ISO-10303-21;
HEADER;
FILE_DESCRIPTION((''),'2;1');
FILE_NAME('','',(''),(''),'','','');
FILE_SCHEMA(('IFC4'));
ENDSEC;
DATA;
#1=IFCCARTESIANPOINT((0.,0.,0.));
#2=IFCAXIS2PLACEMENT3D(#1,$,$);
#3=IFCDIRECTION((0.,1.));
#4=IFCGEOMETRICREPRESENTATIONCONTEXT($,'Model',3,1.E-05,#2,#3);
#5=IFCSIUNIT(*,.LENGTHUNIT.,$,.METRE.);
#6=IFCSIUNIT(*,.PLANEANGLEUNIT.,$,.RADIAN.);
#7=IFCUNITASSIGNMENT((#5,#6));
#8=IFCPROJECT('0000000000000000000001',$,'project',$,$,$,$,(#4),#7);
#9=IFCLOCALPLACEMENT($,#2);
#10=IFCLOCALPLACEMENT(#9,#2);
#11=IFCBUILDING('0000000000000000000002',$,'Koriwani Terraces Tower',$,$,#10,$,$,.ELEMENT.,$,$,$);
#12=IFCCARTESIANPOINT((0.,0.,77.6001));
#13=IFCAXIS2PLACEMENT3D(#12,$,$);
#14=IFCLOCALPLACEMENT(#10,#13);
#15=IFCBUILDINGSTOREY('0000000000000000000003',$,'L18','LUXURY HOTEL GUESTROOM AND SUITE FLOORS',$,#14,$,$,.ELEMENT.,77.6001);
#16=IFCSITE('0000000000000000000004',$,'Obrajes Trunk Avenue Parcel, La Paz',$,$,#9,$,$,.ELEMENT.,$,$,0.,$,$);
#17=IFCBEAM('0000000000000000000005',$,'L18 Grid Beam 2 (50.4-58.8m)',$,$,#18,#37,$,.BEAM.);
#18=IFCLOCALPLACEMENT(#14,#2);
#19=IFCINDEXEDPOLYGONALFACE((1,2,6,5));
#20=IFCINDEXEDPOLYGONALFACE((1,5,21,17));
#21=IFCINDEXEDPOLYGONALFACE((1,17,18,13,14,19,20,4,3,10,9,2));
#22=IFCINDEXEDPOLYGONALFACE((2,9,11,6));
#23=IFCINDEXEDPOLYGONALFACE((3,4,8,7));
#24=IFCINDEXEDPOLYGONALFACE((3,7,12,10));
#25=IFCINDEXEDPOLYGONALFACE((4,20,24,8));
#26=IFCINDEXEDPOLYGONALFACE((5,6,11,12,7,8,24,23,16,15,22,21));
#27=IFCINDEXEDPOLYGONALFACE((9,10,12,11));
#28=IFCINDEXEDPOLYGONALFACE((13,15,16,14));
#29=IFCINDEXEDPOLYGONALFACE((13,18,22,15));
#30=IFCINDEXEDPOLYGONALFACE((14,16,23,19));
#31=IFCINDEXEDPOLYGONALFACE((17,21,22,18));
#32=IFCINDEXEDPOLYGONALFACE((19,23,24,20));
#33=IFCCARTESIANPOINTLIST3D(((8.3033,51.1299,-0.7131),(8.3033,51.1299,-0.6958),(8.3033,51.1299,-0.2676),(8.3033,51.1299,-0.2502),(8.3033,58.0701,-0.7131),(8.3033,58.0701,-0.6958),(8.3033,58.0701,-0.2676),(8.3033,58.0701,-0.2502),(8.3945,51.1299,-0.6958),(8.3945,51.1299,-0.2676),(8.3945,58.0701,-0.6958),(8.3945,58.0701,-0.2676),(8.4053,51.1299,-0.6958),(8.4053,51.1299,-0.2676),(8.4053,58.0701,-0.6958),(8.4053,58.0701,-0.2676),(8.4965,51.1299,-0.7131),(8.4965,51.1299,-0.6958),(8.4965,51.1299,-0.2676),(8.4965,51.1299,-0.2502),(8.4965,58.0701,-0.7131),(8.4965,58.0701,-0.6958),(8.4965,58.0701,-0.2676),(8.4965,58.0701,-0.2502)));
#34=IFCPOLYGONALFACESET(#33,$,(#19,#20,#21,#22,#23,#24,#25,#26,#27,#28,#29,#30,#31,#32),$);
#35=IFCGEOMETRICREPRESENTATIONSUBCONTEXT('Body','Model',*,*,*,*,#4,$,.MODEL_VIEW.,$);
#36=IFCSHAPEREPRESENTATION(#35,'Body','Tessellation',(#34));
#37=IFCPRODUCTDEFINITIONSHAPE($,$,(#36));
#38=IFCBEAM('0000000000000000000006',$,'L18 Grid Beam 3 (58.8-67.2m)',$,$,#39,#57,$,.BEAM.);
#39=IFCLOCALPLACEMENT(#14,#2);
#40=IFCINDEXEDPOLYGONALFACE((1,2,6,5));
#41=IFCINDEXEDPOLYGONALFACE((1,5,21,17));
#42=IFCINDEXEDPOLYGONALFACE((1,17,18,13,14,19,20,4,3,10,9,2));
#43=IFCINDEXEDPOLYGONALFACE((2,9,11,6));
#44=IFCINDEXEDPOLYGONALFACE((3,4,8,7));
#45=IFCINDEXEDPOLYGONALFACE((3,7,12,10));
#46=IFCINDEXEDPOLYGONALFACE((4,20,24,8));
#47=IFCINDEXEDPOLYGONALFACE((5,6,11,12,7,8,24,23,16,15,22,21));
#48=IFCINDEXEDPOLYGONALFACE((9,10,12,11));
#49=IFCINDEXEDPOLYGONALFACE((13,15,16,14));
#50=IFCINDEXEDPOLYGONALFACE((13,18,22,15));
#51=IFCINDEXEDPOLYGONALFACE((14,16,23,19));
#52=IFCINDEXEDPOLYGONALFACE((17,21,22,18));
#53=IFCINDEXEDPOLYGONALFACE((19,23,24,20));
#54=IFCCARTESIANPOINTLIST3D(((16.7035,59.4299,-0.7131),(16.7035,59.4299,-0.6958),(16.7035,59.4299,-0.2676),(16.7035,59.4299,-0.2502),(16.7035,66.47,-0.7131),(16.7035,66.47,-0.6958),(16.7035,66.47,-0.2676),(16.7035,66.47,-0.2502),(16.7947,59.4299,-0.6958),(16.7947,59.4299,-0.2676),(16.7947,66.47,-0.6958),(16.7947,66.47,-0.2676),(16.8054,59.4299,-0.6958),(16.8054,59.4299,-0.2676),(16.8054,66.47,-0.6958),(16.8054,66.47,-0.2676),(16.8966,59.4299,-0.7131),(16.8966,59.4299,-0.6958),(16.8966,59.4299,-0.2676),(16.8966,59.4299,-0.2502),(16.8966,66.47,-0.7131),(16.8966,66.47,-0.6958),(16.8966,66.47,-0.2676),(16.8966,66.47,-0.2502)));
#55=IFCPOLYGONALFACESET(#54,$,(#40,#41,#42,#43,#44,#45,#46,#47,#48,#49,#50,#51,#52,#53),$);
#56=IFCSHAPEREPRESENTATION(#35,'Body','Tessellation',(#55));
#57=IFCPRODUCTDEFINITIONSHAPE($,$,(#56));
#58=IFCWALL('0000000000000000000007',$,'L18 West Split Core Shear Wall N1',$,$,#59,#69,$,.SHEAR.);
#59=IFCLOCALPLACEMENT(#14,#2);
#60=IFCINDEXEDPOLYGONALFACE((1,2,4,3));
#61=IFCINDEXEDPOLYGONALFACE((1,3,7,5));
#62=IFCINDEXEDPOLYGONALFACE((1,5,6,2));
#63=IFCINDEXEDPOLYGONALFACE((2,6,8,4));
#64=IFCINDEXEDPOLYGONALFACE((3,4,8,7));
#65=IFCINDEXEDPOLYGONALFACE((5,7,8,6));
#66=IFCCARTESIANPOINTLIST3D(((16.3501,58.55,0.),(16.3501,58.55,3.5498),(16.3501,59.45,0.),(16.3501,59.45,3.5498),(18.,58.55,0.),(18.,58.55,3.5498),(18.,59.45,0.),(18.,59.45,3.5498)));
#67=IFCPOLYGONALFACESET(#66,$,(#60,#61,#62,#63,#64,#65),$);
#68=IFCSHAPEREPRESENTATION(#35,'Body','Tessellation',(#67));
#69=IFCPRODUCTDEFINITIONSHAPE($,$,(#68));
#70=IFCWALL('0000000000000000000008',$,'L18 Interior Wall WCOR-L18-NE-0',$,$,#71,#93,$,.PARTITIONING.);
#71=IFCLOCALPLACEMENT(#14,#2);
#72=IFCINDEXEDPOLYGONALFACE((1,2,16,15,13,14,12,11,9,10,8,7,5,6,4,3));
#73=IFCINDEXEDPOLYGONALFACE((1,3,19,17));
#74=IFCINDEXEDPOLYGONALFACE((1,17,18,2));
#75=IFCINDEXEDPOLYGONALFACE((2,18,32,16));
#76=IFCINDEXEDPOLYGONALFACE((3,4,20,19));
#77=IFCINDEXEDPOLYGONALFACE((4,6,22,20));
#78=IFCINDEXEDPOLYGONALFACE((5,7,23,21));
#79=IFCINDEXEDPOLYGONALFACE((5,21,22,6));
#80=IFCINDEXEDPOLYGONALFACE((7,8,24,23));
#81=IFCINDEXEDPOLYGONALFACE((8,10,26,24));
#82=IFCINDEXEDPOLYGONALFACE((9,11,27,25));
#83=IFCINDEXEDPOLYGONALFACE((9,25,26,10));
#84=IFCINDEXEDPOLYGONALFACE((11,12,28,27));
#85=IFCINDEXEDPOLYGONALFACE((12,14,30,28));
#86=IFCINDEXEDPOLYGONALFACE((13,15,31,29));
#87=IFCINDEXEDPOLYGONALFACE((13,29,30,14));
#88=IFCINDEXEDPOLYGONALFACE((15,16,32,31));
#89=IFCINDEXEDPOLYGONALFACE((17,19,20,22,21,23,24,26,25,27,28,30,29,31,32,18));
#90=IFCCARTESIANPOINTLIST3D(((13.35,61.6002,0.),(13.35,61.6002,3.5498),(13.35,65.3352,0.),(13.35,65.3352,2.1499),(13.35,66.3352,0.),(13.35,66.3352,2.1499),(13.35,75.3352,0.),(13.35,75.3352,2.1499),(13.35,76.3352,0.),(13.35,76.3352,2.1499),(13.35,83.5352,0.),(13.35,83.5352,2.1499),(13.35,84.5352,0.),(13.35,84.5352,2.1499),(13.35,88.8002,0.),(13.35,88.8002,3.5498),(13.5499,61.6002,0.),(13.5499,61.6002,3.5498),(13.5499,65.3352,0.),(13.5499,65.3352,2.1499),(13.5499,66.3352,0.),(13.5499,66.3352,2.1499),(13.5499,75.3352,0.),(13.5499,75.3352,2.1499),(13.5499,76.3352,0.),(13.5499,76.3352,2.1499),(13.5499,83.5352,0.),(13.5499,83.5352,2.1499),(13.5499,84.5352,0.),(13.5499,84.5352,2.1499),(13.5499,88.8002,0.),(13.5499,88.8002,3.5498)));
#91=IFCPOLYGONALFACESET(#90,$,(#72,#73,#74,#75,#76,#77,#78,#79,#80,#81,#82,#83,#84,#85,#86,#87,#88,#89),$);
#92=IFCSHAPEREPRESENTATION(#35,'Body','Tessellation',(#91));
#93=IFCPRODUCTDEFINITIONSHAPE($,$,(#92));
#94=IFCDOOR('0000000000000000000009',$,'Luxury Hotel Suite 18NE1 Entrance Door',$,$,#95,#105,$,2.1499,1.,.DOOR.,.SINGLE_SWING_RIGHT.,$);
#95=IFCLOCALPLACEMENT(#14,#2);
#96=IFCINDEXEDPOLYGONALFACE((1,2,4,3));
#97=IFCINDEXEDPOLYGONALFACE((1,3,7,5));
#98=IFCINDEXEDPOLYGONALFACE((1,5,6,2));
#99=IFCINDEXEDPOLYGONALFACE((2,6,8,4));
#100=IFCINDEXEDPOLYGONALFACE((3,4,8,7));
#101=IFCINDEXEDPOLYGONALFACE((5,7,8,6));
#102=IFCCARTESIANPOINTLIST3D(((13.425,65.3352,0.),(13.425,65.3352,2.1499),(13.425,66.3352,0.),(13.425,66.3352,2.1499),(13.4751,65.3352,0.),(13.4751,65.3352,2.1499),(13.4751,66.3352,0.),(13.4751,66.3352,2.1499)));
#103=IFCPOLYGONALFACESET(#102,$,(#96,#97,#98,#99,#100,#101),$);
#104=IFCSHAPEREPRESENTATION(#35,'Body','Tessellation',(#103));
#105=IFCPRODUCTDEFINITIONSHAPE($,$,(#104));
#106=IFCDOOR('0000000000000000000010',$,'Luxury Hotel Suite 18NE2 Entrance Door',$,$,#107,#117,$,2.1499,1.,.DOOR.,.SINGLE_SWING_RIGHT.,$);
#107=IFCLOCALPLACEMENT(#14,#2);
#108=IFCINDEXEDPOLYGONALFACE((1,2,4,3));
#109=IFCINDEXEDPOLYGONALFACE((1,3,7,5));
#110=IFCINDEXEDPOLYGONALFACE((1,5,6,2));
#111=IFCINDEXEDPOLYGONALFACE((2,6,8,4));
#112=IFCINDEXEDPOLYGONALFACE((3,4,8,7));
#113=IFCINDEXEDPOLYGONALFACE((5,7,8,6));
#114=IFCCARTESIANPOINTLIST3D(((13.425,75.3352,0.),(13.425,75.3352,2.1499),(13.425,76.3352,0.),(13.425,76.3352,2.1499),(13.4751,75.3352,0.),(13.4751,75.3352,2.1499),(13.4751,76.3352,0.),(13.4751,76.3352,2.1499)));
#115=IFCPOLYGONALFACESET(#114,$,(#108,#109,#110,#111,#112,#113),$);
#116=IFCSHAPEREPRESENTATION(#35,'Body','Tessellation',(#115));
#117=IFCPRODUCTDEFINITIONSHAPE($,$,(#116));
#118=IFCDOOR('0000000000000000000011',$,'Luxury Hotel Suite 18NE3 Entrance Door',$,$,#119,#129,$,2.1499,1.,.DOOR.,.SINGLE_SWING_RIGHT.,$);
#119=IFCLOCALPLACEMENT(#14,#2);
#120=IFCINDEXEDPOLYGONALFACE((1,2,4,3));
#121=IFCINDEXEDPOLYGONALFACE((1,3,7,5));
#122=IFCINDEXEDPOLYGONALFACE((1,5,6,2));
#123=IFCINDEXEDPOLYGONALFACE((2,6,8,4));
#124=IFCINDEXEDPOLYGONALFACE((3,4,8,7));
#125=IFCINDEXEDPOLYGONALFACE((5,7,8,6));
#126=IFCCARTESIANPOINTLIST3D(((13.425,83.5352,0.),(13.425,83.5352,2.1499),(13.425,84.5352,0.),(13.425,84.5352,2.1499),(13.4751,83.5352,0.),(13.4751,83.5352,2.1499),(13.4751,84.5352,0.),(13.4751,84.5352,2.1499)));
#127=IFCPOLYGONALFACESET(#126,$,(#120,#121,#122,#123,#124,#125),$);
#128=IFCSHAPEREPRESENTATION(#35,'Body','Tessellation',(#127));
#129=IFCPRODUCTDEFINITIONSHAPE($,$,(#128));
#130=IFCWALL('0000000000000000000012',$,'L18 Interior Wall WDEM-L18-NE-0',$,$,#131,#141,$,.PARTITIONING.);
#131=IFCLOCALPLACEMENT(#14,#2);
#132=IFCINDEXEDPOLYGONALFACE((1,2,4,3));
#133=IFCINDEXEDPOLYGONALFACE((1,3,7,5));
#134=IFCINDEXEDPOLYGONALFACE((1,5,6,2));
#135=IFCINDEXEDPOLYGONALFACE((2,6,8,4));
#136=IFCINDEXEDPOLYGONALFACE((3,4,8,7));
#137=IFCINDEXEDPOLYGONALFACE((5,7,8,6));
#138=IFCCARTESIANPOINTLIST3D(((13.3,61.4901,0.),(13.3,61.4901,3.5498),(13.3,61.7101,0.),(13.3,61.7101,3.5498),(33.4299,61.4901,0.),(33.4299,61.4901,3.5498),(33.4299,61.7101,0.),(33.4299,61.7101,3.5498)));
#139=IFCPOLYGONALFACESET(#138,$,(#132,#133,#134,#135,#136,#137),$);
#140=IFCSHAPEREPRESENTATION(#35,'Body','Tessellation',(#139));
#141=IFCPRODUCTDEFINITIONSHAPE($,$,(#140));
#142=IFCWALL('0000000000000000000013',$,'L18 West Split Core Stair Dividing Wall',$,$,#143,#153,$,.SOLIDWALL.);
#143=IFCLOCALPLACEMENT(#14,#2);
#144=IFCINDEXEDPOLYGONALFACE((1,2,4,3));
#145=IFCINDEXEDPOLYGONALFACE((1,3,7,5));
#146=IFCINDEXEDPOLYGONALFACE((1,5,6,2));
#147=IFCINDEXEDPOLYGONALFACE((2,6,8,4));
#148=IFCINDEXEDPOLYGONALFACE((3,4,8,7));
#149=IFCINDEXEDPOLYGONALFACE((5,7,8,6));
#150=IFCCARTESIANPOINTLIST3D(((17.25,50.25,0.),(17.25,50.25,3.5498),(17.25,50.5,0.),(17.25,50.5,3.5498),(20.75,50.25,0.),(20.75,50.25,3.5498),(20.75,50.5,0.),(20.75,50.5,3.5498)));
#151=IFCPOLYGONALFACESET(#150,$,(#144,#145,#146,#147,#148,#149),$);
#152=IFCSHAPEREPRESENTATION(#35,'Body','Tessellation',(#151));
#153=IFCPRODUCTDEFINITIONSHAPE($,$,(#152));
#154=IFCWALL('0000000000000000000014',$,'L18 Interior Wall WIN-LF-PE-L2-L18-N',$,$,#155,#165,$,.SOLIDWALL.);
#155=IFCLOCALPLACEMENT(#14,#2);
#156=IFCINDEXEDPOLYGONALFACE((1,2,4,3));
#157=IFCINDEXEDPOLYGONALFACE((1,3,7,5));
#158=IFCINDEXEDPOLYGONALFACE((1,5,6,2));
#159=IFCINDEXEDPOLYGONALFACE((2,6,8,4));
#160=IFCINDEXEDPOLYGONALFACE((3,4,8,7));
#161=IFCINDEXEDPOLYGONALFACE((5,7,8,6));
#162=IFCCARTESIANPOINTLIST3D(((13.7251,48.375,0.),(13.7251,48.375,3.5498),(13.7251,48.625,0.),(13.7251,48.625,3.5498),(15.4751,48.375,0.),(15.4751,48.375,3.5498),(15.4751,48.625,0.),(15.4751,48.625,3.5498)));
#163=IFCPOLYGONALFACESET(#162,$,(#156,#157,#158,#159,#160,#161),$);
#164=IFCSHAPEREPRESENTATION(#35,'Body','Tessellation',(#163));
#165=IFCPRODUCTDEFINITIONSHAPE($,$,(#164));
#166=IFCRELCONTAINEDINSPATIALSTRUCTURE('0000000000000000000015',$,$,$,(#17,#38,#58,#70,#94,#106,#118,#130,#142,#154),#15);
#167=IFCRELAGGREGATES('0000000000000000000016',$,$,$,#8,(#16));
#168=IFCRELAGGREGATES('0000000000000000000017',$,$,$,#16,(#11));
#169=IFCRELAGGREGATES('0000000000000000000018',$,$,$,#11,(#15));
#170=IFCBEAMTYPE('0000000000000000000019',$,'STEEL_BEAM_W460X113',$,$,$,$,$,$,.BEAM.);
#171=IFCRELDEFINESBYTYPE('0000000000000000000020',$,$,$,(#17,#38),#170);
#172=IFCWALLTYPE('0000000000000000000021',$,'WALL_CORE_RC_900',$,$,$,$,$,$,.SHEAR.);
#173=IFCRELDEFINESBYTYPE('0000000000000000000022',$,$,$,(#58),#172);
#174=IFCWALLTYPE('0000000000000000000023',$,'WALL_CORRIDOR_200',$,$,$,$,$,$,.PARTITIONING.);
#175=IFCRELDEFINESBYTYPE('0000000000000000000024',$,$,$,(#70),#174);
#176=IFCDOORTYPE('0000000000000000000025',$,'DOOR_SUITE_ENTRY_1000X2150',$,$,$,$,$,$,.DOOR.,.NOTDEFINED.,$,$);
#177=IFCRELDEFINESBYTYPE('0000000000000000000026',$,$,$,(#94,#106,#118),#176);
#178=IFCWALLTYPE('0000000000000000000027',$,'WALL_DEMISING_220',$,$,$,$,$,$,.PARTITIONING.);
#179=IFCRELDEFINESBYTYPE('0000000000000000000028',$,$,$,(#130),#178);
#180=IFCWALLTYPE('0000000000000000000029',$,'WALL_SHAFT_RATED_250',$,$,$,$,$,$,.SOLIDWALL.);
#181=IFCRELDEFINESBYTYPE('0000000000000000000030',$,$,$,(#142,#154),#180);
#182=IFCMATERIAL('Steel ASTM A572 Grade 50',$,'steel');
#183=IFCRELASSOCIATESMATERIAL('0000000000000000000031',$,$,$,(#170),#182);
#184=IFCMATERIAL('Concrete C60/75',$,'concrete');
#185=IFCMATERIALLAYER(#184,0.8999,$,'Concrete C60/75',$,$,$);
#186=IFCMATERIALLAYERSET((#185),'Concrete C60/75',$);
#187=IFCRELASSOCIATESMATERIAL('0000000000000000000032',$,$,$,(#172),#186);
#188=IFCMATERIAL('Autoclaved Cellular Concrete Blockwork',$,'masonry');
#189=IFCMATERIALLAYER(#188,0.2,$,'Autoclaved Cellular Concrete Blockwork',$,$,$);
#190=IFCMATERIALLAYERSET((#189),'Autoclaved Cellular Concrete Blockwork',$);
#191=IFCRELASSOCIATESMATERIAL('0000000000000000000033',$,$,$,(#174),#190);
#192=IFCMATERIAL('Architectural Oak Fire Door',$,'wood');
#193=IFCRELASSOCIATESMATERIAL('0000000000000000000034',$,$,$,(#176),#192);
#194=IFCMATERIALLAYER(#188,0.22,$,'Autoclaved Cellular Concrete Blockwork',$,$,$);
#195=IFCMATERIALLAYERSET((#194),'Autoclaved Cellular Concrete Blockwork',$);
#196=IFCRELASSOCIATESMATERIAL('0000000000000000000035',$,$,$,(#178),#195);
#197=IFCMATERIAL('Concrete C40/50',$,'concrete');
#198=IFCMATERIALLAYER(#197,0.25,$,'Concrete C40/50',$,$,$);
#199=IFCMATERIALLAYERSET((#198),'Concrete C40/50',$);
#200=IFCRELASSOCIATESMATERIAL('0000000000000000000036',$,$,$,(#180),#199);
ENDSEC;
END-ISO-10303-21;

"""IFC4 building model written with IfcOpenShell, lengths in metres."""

from ifc_helpers import new_model, si_unit, direction, frame, frame_2d, origin, origin_2d, place, context, subcontext, project, spatial, rectangle, i_section, extrude, material, layer, layer_set, material_profile, profile_set, type_object, element, fill, save


model = new_model("IFC4")

# Units and contexts
model_context = context("Model", 3, precision=1e-05, world=origin(), true_north=direction((0.0, 1.0)))
body_context = subcontext(model_context, "Body", "Model", "MODEL_VIEW")
ifc_project = project(units=[si_unit("LENGTHUNIT", "METRE"), si_unit("PLANEANGLEUNIT", "RADIAN")], contexts=[model_context])

# Site, building, storey
site_placement = place(None, origin())
site = spatial("IfcSite", under=ifc_project, at=site_placement, Name="Obrajes Trunk Avenue Parcel, La Paz", CompositionType="ELEMENT", RefElevation=0.0)
building_placement = place(site_placement, origin())
building = spatial("IfcBuilding", under=site, at=building_placement, Name="Koriwani Terraces Tower", CompositionType="ELEMENT")
storey_placement = place(building_placement, frame((0.0, 0.0, 77.6001)))
storey = spatial("IfcBuildingStorey", under=building, at=storey_placement, Name="L18", Description="LUXURY HOTEL GUESTROOM AND SUITE FLOORS", CompositionType="ELEMENT", Elevation=77.6001)

# Shared definitions
ifc_material_1 = material(Name="Concrete C60/75", Category="concrete")

# Beams
ifc_material_2 = material(Name="Concrete C40/50", Category="concrete")
ifc_material_3 = material(Name="Steel ASTM A572 Grade 50", Category="steel")
ifc_material_profile_1 = material_profile(ifc_material_3, i_section(OverallWidth=0.1931, OverallDepth=0.4629, WebThickness=0.0107, FlangeThickness=0.0173, at=origin_2d()), Name="Steel ASTM A572 Grade 50", Category="LoadBearing")
ifc_profile_set_1 = profile_set([ifc_material_profile_1], Name="Steel ASTM A572 Grade 50")
beam_type_1 = type_object("IfcBeamType", Name="STEEL_BEAM_W460X113", PredefinedType="BEAM", material=ifc_profile_set_1)
beam_1_placement = place(storey_placement, frame((8.3999, 51.1299, -0.4817), z_axis=(0.0, 1.0, 0.0), x_axis=(-1.0, 0.0, 0.0)))
element("IfcBeam", 1, at=beam_1_placement, inside=storey, type_object=beam_type_1, Name="L18 Grid Beam 2 (50.4-58.8m)", PredefinedType="BEAM", context=body_context, shape_type="SweptSolid", body=[
    extrude(i_section(OverallWidth=0.1931, OverallDepth=0.4629, WebThickness=0.0107, FlangeThickness=0.0173, at=origin_2d()), origin(), (0.0, 0.0, 1.0), 6.9402),
])
beam_2_placement = place(storey_placement, frame((16.8, 59.4299, -0.4817), z_axis=(0.0, 1.0, 0.0), x_axis=(-1.0, 0.0, 0.0)))
element("IfcBeam", 2, at=beam_2_placement, inside=storey, type_object=beam_type_1, Name="L18 Grid Beam 3 (58.8-67.2m)", PredefinedType="BEAM", context=body_context, shape_type="SweptSolid", body=[
    extrude(i_section(OverallWidth=0.1931, OverallDepth=0.4629, WebThickness=0.0107, FlangeThickness=0.0173, at=origin_2d()), origin(), (0.0, 0.0, 1.0), 7.04),
])

# Wall
ifc_layer_1 = layer(ifc_material_1, 0.8999, Name="Concrete C60/75")
ifc_layer_set_1 = layer_set([ifc_layer_1], Name="Concrete C60/75")
wall_type_1 = type_object("IfcWallType", Name="WALL_CORE_RC_900", PredefinedType="SHEAR", material=ifc_layer_set_1)
wall_1_placement = place(storey_placement, frame((16.3501, 59.0, 0.0), z_axis=(0.0, 0.0, 1.0), x_axis=(1.0, 0.0, 0.0)))
element("IfcWall", 3, at=wall_1_placement, inside=storey, type_object=wall_type_1, Name="L18 West Split Core Shear Wall N1", PredefinedType="SHEAR", context=body_context, shape_type="SweptSolid", body=[
    extrude(rectangle(XDim=1.6499, YDim=0.8999, at=frame_2d((0.825, 0.0))), origin(), (0.0, 0.0, 1.0), 3.5498),
])

# Wall, openings, doors
ifc_material_4 = material(Name="Autoclaved Cellular Concrete Blockwork", Category="masonry")
ifc_layer_2 = layer(ifc_material_4, 0.2, Name="Autoclaved Cellular Concrete Blockwork")
ifc_layer_set_2 = layer_set([ifc_layer_2], Name="Autoclaved Cellular Concrete Blockwork")
wall_type_2 = type_object("IfcWallType", Name="WALL_CORRIDOR_200", PredefinedType="PARTITIONING", material=ifc_layer_set_2)
wall_2_placement = place(storey_placement, frame((13.45, 61.6001, 0.0), z_axis=(0.0, 0.0, 1.0), x_axis=(0.0, 1.0, 0.0)))
wall_2 = element("IfcWall", 4, at=wall_2_placement, inside=storey, type_object=wall_type_2, Name="L18 Interior Wall WCOR-L18-NE-0", PredefinedType="PARTITIONING", context=body_context, shape_type="SweptSolid", body=[
    extrude(rectangle(XDim=27.2, YDim=0.2, at=frame_2d((13.6001, 0.0))), origin(), (0.0, 0.0, 1.0), 3.5498),
])
opening_1_placement = place(wall_2_placement, frame((3.7351, 0.0, 0.0)))
opening_1 = element("IfcOpeningElement", 5, at=opening_1_placement, cuts=wall_2, PredefinedType="OPENING", context=body_context, shape_type="SweptSolid", body=[
    extrude(rectangle(XDim=1.0, YDim=2.1499, at=frame_2d((0.5, 1.075))), frame((0.0, 0.1099, 0.0), z_axis=(0.0, -1.0, 0.0), x_axis=(1.0, 0.0, 0.0)), (0.0, 0.0, 1.0), 0.22),
])
opening_2_placement = place(wall_2_placement, frame((13.7351, 0.0, 0.0)))
opening_2 = element("IfcOpeningElement", 6, at=opening_2_placement, cuts=wall_2, PredefinedType="OPENING", context=body_context, shape_type="SweptSolid", body=[
    extrude(rectangle(XDim=1.0, YDim=2.1499, at=frame_2d((0.5, 1.075))), frame((0.0, 0.1099, 0.0), z_axis=(0.0, -1.0, 0.0), x_axis=(1.0, 0.0, 0.0)), (0.0, 0.0, 1.0), 0.22),
])
opening_3_placement = place(wall_2_placement, frame((21.9351, 0.0, 0.0)))
opening_3 = element("IfcOpeningElement", 7, at=opening_3_placement, cuts=wall_2, PredefinedType="OPENING", context=body_context, shape_type="SweptSolid", body=[
    extrude(rectangle(XDim=1.0, YDim=2.1499, at=frame_2d((0.5, 1.075))), frame((0.0, 0.1099, 0.0), z_axis=(0.0, -1.0, 0.0), x_axis=(1.0, 0.0, 0.0)), (0.0, 0.0, 1.0), 0.22),
])
ifc_material_5 = material(Name="Architectural Oak Fire Door", Category="wood")
door_type = type_object("IfcDoorType", Name="DOOR_SUITE_ENTRY_1000X2150", OperationType="NOTDEFINED", PredefinedType="DOOR", material=ifc_material_5)
door_1_placement = place(opening_1_placement, origin())
door_1 = element("IfcDoor", 8, at=door_1_placement, inside=storey, type_object=door_type, Name="Luxury Hotel Suite 18NE1 Entrance Door", OperationType="SINGLE_SWING_RIGHT", OverallHeight=2.1499, OverallWidth=1.0, PredefinedType="DOOR", context=body_context, shape_type="SweptSolid", body=[
    extrude(rectangle(XDim=1.0, YDim=2.1499, at=frame_2d((0.5, 1.075))), frame((0.0, 0.0249, 0.0), z_axis=(0.0, -1.0, 0.0), x_axis=(1.0, 0.0, 0.0)), (0.0, 0.0, 1.0), 0.05),
])
fill(opening_1, door_1)
door_2_placement = place(opening_2_placement, origin())
door_2 = element("IfcDoor", 9, at=door_2_placement, inside=storey, type_object=door_type, Name="Luxury Hotel Suite 18NE2 Entrance Door", OperationType="SINGLE_SWING_RIGHT", OverallHeight=2.1499, OverallWidth=1.0, PredefinedType="DOOR", context=body_context, shape_type="SweptSolid", body=[
    extrude(rectangle(XDim=1.0, YDim=2.1499, at=frame_2d((0.5, 1.075))), frame((0.0, 0.0249, 0.0), z_axis=(0.0, -1.0, 0.0), x_axis=(1.0, 0.0, 0.0)), (0.0, 0.0, 1.0), 0.05),
])
fill(opening_2, door_2)
door_3_placement = place(opening_3_placement, origin())
door_3 = element("IfcDoor", 10, at=door_3_placement, inside=storey, type_object=door_type, Name="Luxury Hotel Suite 18NE3 Entrance Door", OperationType="SINGLE_SWING_RIGHT", OverallHeight=2.1499, OverallWidth=1.0, PredefinedType="DOOR", context=body_context, shape_type="SweptSolid", body=[
    extrude(rectangle(XDim=1.0, YDim=2.1499, at=frame_2d((0.5, 1.075))), frame((0.0, 0.0249, 0.0), z_axis=(0.0, -1.0, 0.0), x_axis=(1.0, 0.0, 0.0)), (0.0, 0.0, 1.0), 0.05),
])
fill(opening_3, door_3)

# Walls
ifc_layer_3 = layer(ifc_material_4, 0.22, Name="Autoclaved Cellular Concrete Blockwork")
ifc_layer_set_3 = layer_set([ifc_layer_3], Name="Autoclaved Cellular Concrete Blockwork")
wall_type_3 = type_object("IfcWallType", Name="WALL_DEMISING_220", PredefinedType="PARTITIONING", material=ifc_layer_set_3)
wall_3_placement = place(storey_placement, frame((13.3, 61.6001, 0.0), z_axis=(0.0, 0.0, 1.0), x_axis=(1.0, 0.0, 0.0)))
element("IfcWall", 11, at=wall_3_placement, inside=storey, type_object=wall_type_3, Name="L18 Interior Wall WDEM-L18-NE-0", PredefinedType="PARTITIONING", context=body_context, shape_type="SweptSolid", body=[
    extrude(rectangle(XDim=20.1299, YDim=0.22, at=frame_2d((10.0649, 0.0))), origin(), (0.0, 0.0, 1.0), 3.5498),
])
ifc_layer_4 = layer(ifc_material_2, 0.25, Name="Concrete C40/50")
ifc_layer_set_4 = layer_set([ifc_layer_4], Name="Concrete C40/50")
wall_type_4 = type_object("IfcWallType", Name="WALL_SHAFT_RATED_250", PredefinedType="SOLIDWALL", material=ifc_layer_set_4)
wall_4_placement = place(storey_placement, frame((17.25, 50.375, 0.0), z_axis=(0.0, 0.0, 1.0), x_axis=(1.0, 0.0, 0.0)))
element("IfcWall", 12, at=wall_4_placement, inside=storey, type_object=wall_type_4, Name="L18 West Split Core Stair Dividing Wall", PredefinedType="SOLIDWALL", context=body_context, shape_type="SweptSolid", body=[
    extrude(rectangle(XDim=3.5, YDim=0.25, at=frame_2d((1.75, 0.0))), origin(), (0.0, 0.0, 1.0), 3.5498),
])
wall_5_placement = place(storey_placement, frame((13.7251, 48.5, 0.0), z_axis=(0.0, 0.0, 1.0), x_axis=(1.0, 0.0, 0.0)))
element("IfcWall", 13, at=wall_5_placement, inside=storey, type_object=wall_type_4, Name="L18 Interior Wall WIN-LF-PE-L2-L18-N", PredefinedType="SOLIDWALL", context=body_context, shape_type="SweptSolid", body=[
    extrude(rectangle(XDim=1.75, YDim=0.25, at=frame_2d((0.875, 0.0))), origin(), (0.0, 0.0, 1.0), 3.5498),
])

save(model, "model.ifc")
